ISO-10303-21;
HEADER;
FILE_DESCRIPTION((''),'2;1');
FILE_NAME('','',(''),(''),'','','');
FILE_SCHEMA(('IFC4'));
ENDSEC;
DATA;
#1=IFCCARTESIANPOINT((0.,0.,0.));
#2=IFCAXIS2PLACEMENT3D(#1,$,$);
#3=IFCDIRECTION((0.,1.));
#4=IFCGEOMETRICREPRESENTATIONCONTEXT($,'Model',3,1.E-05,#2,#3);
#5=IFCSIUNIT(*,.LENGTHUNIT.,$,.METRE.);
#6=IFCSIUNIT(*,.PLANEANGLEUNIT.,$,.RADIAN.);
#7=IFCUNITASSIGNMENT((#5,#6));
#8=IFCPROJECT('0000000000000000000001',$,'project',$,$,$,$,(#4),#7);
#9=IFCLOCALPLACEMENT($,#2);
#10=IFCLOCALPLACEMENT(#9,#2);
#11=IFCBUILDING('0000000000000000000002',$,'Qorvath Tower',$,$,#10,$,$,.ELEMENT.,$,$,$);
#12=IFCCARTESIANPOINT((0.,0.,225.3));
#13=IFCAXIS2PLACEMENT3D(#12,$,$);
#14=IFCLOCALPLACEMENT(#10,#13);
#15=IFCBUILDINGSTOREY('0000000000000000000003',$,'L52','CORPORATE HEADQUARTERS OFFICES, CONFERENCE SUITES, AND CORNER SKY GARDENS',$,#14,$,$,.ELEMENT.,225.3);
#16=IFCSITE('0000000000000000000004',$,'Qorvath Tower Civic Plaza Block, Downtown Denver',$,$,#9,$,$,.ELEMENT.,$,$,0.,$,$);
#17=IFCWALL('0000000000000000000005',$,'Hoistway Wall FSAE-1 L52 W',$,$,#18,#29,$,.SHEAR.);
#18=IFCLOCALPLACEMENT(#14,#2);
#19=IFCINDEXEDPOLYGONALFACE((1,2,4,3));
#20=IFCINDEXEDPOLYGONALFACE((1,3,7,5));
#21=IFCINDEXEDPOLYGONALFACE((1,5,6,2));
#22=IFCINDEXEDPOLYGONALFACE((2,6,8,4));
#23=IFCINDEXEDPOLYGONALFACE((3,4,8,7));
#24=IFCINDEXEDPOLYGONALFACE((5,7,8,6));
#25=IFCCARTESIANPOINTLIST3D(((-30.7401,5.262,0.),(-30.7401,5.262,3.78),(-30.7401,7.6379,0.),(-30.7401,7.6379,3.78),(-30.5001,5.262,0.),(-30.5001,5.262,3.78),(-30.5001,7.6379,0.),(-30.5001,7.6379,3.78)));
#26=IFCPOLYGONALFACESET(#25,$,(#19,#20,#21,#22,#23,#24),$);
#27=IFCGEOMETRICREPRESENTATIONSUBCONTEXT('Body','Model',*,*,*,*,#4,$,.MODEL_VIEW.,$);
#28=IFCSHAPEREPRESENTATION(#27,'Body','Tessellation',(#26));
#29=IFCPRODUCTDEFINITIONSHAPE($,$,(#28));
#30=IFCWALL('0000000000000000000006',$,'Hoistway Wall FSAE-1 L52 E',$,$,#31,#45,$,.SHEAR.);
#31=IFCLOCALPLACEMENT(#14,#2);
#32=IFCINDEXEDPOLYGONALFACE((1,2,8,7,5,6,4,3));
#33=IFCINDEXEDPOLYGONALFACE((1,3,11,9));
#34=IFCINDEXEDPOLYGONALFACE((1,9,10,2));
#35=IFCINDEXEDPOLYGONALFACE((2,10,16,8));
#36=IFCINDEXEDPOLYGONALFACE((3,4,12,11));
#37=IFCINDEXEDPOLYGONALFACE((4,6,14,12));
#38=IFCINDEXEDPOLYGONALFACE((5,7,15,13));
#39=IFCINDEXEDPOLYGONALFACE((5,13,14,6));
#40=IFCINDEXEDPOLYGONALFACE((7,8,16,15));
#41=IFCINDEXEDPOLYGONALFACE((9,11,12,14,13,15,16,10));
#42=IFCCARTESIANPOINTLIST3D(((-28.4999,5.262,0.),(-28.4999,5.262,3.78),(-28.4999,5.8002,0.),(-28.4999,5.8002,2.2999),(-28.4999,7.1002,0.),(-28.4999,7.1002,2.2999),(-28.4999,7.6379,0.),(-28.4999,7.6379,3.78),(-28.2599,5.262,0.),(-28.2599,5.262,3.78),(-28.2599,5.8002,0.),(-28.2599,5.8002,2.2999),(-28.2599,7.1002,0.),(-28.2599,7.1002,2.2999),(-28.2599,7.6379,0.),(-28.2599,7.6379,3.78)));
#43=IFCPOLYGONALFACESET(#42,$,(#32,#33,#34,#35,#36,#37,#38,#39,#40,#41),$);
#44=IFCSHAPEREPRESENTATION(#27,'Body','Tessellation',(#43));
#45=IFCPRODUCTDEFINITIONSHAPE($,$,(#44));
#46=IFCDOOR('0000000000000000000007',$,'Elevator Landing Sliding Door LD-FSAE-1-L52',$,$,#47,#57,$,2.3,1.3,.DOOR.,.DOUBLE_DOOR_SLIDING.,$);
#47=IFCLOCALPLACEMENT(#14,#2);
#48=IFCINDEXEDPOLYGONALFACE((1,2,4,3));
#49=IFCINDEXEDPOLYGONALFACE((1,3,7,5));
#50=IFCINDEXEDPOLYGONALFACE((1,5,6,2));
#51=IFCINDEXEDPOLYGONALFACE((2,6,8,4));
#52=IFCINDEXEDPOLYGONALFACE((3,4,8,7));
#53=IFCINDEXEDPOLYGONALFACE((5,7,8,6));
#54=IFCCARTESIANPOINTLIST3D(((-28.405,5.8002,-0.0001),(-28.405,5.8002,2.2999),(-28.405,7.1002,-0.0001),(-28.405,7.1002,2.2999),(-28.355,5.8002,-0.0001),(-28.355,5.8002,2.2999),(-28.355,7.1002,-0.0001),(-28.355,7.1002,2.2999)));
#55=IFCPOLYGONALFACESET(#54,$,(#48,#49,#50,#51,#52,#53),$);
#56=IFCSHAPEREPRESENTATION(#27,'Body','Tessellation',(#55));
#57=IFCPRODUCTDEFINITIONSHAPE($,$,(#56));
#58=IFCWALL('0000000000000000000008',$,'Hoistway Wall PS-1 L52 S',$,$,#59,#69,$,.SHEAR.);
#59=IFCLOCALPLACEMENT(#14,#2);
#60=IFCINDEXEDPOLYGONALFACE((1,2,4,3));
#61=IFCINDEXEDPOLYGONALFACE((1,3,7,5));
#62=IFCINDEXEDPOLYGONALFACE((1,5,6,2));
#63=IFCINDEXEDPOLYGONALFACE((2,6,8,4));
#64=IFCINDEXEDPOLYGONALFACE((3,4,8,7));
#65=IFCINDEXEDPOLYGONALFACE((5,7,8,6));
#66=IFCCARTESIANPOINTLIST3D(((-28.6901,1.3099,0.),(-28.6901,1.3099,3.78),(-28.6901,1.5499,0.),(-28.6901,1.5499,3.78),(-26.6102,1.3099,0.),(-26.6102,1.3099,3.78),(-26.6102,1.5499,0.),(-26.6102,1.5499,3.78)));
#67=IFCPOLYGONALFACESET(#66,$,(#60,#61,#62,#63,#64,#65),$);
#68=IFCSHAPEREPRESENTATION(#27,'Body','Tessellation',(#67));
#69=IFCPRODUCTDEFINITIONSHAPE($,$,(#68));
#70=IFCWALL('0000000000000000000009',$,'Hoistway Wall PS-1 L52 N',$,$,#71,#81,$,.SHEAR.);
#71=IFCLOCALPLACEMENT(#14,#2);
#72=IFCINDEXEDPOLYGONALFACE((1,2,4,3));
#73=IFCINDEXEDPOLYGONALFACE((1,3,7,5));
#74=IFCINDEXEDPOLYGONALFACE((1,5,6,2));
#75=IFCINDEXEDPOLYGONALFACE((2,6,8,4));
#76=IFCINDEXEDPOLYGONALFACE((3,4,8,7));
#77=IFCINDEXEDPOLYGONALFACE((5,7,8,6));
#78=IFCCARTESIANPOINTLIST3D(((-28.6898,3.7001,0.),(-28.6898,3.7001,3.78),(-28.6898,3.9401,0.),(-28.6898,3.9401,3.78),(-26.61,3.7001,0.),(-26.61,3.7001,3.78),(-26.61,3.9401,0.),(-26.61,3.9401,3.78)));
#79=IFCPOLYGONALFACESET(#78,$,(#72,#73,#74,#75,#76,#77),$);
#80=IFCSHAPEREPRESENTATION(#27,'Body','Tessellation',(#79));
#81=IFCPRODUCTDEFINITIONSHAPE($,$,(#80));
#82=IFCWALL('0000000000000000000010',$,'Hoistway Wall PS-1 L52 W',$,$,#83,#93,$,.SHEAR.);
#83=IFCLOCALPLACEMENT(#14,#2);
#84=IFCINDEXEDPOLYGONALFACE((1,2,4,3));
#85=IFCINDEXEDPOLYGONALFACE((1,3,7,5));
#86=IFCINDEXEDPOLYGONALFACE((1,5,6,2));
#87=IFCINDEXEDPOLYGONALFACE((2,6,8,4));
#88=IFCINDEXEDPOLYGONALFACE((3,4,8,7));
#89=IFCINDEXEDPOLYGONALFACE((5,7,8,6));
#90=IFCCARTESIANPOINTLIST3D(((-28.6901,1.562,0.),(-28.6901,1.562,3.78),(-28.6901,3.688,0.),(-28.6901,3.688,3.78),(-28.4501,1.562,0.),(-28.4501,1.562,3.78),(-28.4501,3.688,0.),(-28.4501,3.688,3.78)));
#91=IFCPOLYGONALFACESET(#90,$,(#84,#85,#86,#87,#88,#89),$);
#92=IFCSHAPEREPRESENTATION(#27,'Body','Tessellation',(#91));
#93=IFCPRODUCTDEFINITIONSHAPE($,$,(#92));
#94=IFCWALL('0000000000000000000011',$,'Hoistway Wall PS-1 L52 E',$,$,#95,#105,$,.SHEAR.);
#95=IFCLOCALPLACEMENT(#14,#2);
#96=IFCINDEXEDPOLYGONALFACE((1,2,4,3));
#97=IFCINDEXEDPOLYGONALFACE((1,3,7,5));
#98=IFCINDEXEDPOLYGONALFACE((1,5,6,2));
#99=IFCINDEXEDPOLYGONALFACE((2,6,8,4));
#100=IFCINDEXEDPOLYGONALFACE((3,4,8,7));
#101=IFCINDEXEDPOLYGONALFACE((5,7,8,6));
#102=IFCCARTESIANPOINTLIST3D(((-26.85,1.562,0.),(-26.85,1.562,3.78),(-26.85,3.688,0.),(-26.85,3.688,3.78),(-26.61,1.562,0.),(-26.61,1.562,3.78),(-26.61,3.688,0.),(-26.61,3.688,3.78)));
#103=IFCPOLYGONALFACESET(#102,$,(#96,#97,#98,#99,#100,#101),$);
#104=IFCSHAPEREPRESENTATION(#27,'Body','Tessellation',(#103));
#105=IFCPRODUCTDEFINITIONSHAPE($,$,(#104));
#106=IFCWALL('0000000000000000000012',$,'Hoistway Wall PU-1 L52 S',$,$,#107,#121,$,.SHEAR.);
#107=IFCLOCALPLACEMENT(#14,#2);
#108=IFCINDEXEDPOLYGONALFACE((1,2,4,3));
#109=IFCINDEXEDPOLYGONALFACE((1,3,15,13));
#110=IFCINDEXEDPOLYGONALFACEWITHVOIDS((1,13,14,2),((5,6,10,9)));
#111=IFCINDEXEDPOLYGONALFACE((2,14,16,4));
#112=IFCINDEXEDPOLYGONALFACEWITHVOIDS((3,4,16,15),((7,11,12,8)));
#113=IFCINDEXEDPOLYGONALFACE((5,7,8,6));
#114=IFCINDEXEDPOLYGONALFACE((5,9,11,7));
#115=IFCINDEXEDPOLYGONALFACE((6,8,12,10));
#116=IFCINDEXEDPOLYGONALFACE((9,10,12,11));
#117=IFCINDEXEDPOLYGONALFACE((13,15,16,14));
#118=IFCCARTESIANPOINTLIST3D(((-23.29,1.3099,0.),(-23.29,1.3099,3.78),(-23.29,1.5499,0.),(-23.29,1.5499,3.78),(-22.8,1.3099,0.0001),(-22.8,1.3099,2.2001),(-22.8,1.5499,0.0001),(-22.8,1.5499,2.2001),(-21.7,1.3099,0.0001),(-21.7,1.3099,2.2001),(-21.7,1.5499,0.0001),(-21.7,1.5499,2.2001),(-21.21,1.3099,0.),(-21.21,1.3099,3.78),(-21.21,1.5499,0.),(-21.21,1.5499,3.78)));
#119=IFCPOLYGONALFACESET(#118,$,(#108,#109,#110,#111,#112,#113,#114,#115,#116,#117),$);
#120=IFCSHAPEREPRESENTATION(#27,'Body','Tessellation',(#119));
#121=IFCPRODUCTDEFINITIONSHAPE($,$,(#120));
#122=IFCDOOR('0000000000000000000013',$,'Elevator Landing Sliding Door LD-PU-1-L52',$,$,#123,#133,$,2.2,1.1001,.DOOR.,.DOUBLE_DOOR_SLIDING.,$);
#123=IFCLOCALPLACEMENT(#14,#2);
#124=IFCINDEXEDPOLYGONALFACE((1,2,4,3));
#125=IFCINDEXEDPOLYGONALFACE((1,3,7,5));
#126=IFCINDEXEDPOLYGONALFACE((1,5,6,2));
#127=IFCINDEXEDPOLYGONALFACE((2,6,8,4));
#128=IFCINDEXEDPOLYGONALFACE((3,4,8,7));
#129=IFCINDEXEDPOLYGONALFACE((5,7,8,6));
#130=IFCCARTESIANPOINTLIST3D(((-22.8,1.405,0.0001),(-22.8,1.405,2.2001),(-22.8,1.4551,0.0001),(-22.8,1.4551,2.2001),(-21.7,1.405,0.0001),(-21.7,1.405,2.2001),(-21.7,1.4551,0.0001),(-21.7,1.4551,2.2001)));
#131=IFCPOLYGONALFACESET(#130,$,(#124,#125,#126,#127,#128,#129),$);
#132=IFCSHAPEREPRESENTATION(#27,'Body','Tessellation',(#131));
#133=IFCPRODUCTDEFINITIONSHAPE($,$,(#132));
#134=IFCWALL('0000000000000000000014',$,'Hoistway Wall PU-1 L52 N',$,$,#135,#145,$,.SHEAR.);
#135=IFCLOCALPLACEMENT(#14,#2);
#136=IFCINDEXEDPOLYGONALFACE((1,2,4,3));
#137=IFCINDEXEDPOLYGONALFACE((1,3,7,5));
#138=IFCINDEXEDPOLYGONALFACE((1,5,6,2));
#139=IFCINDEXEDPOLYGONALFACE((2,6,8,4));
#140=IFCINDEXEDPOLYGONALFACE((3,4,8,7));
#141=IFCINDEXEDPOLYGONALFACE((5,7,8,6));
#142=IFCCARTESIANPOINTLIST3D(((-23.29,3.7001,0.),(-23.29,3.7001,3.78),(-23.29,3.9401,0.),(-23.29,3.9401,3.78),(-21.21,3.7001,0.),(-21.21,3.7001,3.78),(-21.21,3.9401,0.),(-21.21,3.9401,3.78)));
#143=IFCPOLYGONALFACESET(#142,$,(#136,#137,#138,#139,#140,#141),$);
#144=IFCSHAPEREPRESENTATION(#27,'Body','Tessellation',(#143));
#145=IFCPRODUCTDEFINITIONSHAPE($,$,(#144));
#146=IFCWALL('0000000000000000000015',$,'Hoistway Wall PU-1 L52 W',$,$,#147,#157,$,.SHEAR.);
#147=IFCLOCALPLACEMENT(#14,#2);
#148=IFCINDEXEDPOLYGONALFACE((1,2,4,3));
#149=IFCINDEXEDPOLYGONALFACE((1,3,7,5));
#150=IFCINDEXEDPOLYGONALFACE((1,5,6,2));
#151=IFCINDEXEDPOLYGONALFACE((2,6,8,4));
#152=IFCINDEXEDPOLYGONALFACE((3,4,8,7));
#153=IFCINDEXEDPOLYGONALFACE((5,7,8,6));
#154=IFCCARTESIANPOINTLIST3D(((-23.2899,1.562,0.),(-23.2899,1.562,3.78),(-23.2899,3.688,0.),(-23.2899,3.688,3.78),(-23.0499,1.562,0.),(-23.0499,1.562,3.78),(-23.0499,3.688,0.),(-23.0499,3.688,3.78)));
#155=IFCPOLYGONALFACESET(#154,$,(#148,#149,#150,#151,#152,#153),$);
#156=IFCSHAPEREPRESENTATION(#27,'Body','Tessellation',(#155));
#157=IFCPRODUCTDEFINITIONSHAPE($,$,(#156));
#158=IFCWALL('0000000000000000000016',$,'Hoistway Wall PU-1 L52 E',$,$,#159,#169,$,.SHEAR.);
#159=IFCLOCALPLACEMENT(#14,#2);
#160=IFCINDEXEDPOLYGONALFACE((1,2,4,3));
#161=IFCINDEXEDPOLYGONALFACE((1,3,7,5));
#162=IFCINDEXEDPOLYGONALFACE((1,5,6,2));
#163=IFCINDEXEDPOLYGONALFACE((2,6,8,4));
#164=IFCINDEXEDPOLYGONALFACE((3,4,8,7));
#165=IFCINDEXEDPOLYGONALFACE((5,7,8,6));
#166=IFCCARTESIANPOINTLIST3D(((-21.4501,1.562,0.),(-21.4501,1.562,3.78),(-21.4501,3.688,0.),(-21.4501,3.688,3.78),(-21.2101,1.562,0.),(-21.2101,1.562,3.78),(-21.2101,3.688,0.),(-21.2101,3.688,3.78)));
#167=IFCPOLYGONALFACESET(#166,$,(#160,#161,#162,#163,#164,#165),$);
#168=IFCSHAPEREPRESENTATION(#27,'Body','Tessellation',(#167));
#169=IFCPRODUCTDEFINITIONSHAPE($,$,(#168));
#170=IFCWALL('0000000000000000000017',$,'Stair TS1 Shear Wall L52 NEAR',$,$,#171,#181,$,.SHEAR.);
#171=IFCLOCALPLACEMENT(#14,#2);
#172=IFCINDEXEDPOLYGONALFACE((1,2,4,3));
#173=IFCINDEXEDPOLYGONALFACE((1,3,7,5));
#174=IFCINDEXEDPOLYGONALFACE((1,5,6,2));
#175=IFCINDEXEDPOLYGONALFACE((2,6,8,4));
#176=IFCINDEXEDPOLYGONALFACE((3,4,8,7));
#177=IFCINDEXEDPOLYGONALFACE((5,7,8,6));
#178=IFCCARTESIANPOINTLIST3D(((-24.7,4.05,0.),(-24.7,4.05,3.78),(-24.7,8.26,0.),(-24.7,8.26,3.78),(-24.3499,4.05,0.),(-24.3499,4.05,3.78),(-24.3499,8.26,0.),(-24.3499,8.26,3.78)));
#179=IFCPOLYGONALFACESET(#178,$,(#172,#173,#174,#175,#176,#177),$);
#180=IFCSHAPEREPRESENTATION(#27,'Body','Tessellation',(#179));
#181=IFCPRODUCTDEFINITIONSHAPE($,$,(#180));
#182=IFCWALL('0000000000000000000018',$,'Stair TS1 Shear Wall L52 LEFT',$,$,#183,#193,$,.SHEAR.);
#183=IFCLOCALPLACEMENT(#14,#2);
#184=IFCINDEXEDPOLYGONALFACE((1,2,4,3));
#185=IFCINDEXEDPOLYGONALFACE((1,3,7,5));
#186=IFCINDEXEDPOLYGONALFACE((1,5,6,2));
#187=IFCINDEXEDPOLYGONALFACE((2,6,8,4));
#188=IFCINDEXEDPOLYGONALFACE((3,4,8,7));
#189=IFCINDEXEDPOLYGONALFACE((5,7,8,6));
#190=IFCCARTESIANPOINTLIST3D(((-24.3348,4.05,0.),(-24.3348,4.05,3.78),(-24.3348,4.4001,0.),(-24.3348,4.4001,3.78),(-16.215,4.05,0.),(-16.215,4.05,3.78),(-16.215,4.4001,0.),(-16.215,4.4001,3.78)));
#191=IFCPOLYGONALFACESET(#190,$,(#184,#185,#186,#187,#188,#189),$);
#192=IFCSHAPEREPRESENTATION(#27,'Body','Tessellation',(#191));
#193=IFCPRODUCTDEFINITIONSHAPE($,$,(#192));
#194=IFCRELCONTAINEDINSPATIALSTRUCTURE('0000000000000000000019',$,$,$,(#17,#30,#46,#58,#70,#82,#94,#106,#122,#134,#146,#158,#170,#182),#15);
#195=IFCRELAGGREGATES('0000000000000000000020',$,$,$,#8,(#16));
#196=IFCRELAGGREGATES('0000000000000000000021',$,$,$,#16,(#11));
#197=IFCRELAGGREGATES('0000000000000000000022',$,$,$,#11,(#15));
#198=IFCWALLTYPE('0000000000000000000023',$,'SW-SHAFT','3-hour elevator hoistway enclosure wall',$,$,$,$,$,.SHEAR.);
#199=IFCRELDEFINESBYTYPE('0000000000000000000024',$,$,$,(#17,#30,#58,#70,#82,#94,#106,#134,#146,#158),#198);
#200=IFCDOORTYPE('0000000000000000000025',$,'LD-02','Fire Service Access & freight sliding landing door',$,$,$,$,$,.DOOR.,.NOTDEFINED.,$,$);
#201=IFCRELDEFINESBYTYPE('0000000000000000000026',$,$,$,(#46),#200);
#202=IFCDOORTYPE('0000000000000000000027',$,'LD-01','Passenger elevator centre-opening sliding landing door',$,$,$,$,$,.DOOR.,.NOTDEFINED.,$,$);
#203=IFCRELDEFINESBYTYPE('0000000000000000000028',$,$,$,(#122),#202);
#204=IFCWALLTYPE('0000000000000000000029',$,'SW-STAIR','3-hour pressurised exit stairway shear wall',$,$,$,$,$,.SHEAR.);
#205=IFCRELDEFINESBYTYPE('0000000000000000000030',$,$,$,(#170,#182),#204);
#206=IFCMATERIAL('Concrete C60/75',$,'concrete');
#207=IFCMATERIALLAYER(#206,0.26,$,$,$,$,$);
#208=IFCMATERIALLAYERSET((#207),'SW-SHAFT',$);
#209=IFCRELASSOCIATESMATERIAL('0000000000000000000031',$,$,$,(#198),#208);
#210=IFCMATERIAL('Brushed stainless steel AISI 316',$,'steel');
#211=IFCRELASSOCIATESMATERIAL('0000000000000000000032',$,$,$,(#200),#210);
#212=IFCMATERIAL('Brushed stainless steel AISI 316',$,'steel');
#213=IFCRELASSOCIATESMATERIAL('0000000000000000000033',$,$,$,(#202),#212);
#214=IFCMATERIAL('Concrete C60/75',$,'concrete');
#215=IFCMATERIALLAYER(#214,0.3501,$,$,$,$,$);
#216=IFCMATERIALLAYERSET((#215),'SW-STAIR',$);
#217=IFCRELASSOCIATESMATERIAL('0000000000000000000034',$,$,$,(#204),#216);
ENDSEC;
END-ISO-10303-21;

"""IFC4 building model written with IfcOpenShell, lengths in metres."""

from ifc_helpers import new_model, si_unit, direction, frame, frame_2d, origin, place, context, subcontext, project, spatial, rectangle, extrude, material, layer, layer_set, type_object, element, fill, save


model = new_model("IFC4")

# Units and contexts
model_context = context("Model", 3, precision=1e-05, world=origin(), true_north=direction((0.0, 1.0)))
body_context = subcontext(model_context, "Body", "Model", "MODEL_VIEW")
ifc_project = project(units=[si_unit("LENGTHUNIT", "METRE"), si_unit("PLANEANGLEUNIT", "RADIAN")], contexts=[model_context])

# Site, building, storey
site_placement = place(None, origin())
site = spatial("IfcSite", under=ifc_project, at=site_placement, Name="Qorvath Tower Civic Plaza Block, Downtown Denver", CompositionType="ELEMENT", RefElevation=0.0)
building_placement = place(site_placement, origin())
building = spatial("IfcBuilding", under=site, at=building_placement, Name="Qorvath Tower", CompositionType="ELEMENT")
storey_placement = place(building_placement, frame((0.0, 0.0, 225.3)))
storey = spatial("IfcBuildingStorey", under=building, at=storey_placement, Name="L52", Description="CORPORATE HEADQUARTERS OFFICES, CONFERENCE SUITES, AND CORNER SKY GARDENS", CompositionType="ELEMENT", Elevation=225.3)

# Wall
ifc_material_1 = material(Name="Concrete C60/75", Category="concrete")
ifc_layer_1 = layer(ifc_material_1, 0.26)
ifc_layer_set_1 = layer_set([ifc_layer_1], Name="SW-SHAFT")
wall_type_1 = type_object("IfcWallType", Name="SW-SHAFT", Description="3-hour elevator hoistway enclosure wall", PredefinedType="SHEAR", material=ifc_layer_set_1)
wall_1_placement = place(storey_placement, frame((-30.6201, 5.262, 0.0), z_axis=(0.0, 0.0, 1.0), x_axis=(0.0, 1.0, 0.0)))
element("IfcWall", 1, at=wall_1_placement, inside=storey, type_object=wall_type_1, Name="Hoistway Wall FSAE-1 L52 W", PredefinedType="SHEAR", context=body_context, shape_type="SweptSolid", body=[
    extrude(rectangle(XDim=2.376, YDim=0.24, at=frame_2d((1.188, 0.0))), origin(), (0.0, 0.0, 1.0), 3.78),
])

# Wall, opening, door
wall_2_placement = place(storey_placement, frame((-28.3799, 7.6379, 0.0), z_axis=(0.0, 0.0, 1.0), x_axis=(0.0, -1.0, 0.0)))
wall_2 = element("IfcWall", 2, at=wall_2_placement, inside=storey, type_object=wall_type_1, Name="Hoistway Wall FSAE-1 L52 E", PredefinedType="SHEAR", context=body_context, shape_type="SweptSolid", body=[
    extrude(rectangle(XDim=2.376, YDim=0.24, at=frame_2d((1.188, 0.0))), origin(), (0.0, 0.0, 1.0), 3.78),
])
opening_1_placement = place(wall_2_placement, frame((0.5378, 0.0, 0.0)))
opening_1 = element("IfcOpeningElement", 3, at=opening_1_placement, cuts=wall_2, PredefinedType="OPENING", context=body_context, shape_type="SweptSolid", body=[
    extrude(rectangle(XDim=1.3, YDim=2.3, at=frame_2d((0.6499, 1.1499))), frame((0.0, 0.1299, 0.0), z_axis=(0.0, -1.0, 0.0), x_axis=(1.0, 0.0, 0.0)), (0.0, 0.0, 1.0), 0.26),
])
ifc_material_2 = material(Name="Brushed stainless steel AISI 316", Category="steel")
door_type_1 = type_object("IfcDoorType", Name="LD-02", Description="Fire Service Access & freight sliding landing door", OperationType="NOTDEFINED", PredefinedType="DOOR", material=ifc_material_2)
door_1_placement = place(opening_1_placement, origin())
door_1 = element("IfcDoor", 4, at=door_1_placement, inside=storey, type_object=door_type_1, Name="Elevator Landing Sliding Door LD-FSAE-1-L52", OperationType="DOUBLE_DOOR_SLIDING", OverallHeight=2.3, OverallWidth=1.3, PredefinedType="DOOR", context=body_context, shape_type="SweptSolid", body=[
    extrude(rectangle(XDim=1.3, YDim=2.3, at=frame_2d((0.6499, 1.1499))), frame((0.0, 0.0249, 0.0), z_axis=(0.0, -1.0, 0.0), x_axis=(1.0, 0.0, 0.0)), (0.0, 0.0, 1.0), 0.05),
])
fill(opening_1, door_1)

# Walls
for number, where, z_axis, x_axis, name in (
    (5, (-26.6101, 1.4299, 0.0), (0.0, 0.0, 1.0), (-1.0, 0.0, 0.0), "Hoistway Wall PS-1 L52 S"),
    (6, (-28.6899, 3.8201, 0.0), (0.0, 0.0, 1.0), (1.0, 0.0, 0.0), "Hoistway Wall PS-1 L52 N"),
):
    element("IfcWall", number, at=place(storey_placement, frame(where, z_axis=z_axis, x_axis=x_axis)), inside=storey, type_object=wall_type_1, Name=name, PredefinedType="SHEAR", context=body_context, shape_type="SweptSolid", body=[
        extrude(rectangle(XDim=2.0798, YDim=0.24, at=frame_2d((1.04, 0.0))), origin(), (0.0, 0.0, 1.0), 3.78),
    ])
for number, where, z_axis, x_axis, name in (
    (7, (-28.5701, 1.562, 0.0), (0.0, 0.0, 1.0), (0.0, 1.0, 0.0), "Hoistway Wall PS-1 L52 W"),
    (8, (-26.73, 3.688, 0.0), (0.0, 0.0, 1.0), (0.0, -1.0, 0.0), "Hoistway Wall PS-1 L52 E"),
):
    element("IfcWall", number, at=place(storey_placement, frame(where, z_axis=z_axis, x_axis=x_axis)), inside=storey, type_object=wall_type_1, Name=name, PredefinedType="SHEAR", context=body_context, shape_type="SweptSolid", body=[
        extrude(rectangle(XDim=2.126, YDim=0.24, at=frame_2d((1.063, 0.0))), origin(), (0.0, 0.0, 1.0), 3.78),
    ])

# Wall, opening, door
wall_3_placement = place(storey_placement, frame((-21.21, 1.4299, 0.0), z_axis=(0.0, 0.0, 1.0), x_axis=(-1.0, 0.0, 0.0)))
wall_3 = element("IfcWall", 9, at=wall_3_placement, inside=storey, type_object=wall_type_1, Name="Hoistway Wall PU-1 L52 S", PredefinedType="SHEAR", context=body_context, shape_type="SweptSolid", body=[
    extrude(rectangle(XDim=2.0801, YDim=0.24, at=frame_2d((1.04, 0.0))), origin(), (0.0, 0.0, 1.0), 3.78),
])
opening_2_placement = place(wall_3_placement, frame((0.49, 0.0, 0.0)))
opening_2 = element("IfcOpeningElement", 10, at=opening_2_placement, cuts=wall_3, PredefinedType="OPENING", context=body_context, shape_type="SweptSolid", body=[
    extrude(rectangle(XDim=1.1001, YDim=2.2, at=frame_2d((0.55, 1.1001))), frame((0.0, 0.1299, 0.0), z_axis=(0.0, -1.0, 0.0), x_axis=(1.0, 0.0, 0.0)), (0.0, 0.0, 1.0), 0.26),
])
ifc_material_3 = material(Name="Brushed stainless steel AISI 316", Category="steel")
door_type_2 = type_object("IfcDoorType", Name="LD-01", Description="Passenger elevator centre-opening sliding landing door", OperationType="NOTDEFINED", PredefinedType="DOOR", material=ifc_material_3)
door_2_placement = place(opening_2_placement, origin())
door_2 = element("IfcDoor", 11, at=door_2_placement, inside=storey, type_object=door_type_2, Name="Elevator Landing Sliding Door LD-PU-1-L52", OperationType="DOUBLE_DOOR_SLIDING", OverallHeight=2.2, OverallWidth=1.1001, PredefinedType="DOOR", context=body_context, shape_type="SweptSolid", body=[
    extrude(rectangle(XDim=1.1001, YDim=2.2, at=frame_2d((0.55, 1.1001))), frame((0.0, 0.0249, 0.0), z_axis=(0.0, -1.0, 0.0), x_axis=(1.0, 0.0, 0.0)), (0.0, 0.0, 1.0), 0.05),
])
fill(opening_2, door_2)

# Walls
wall_4_placement = place(storey_placement, frame((-23.29, 3.8201, 0.0), z_axis=(0.0, 0.0, 1.0), x_axis=(1.0, 0.0, 0.0)))
element("IfcWall", 12, at=wall_4_placement, inside=storey, type_object=wall_type_1, Name="Hoistway Wall PU-1 L52 N", PredefinedType="SHEAR", context=body_context, shape_type="SweptSolid", body=[
    extrude(rectangle(XDim=2.0801, YDim=0.24, at=frame_2d((1.04, 0.0))), origin(), (0.0, 0.0, 1.0), 3.78),
])
for number, where, z_axis, x_axis, name in (
    (13, (-23.1699, 1.562, 0.0), (0.0, 0.0, 1.0), (0.0, 1.0, 0.0), "Hoistway Wall PU-1 L52 W"),
    (14, (-21.3301, 3.688, 0.0), (0.0, 0.0, 1.0), (0.0, -1.0, 0.0), "Hoistway Wall PU-1 L52 E"),
):
    element("IfcWall", number, at=place(storey_placement, frame(where, z_axis=z_axis, x_axis=x_axis)), inside=storey, type_object=wall_type_1, Name=name, PredefinedType="SHEAR", context=body_context, shape_type="SweptSolid", body=[
        extrude(rectangle(XDim=2.126, YDim=0.24, at=frame_2d((1.063, 0.0))), origin(), (0.0, 0.0, 1.0), 3.78),
    ])
ifc_material_4 = material(Name="Concrete C60/75", Category="concrete")
ifc_layer_2 = layer(ifc_material_4, 0.3501)
ifc_layer_set_2 = layer_set([ifc_layer_2], Name="SW-STAIR")
wall_type_2 = type_object("IfcWallType", Name="SW-STAIR", Description="3-hour pressurised exit stairway shear wall", PredefinedType="SHEAR", material=ifc_layer_set_2)
wall_5_placement = place(storey_placement, frame((-24.5249, 8.26, 0.0), z_axis=(0.0, 0.0, 1.0), x_axis=(0.0, -1.0, 0.0)))
element("IfcWall", 15, at=wall_5_placement, inside=storey, type_object=wall_type_2, Name="Stair TS1 Shear Wall L52 NEAR", PredefinedType="SHEAR", context=body_context, shape_type="SweptSolid", body=[
    extrude(rectangle(XDim=4.21, YDim=0.3501, at=frame_2d((2.105, 0.0))), origin(), (0.0, 0.0, 1.0), 3.78),
])
wall_6_placement = place(storey_placement, frame((-24.335, 4.2251, 0.0), z_axis=(0.0, 0.0, 1.0), x_axis=(1.0, 0.0, 0.0)))
element("IfcWall", 16, at=wall_6_placement, inside=storey, type_object=wall_type_2, Name="Stair TS1 Shear Wall L52 LEFT", PredefinedType="SHEAR", context=body_context, shape_type="SweptSolid", body=[
    extrude(rectangle(XDim=8.1199, YDim=0.3501, at=frame_2d((4.0601, 0.0))), origin(), (0.0, 0.0, 1.0), 3.78),
])

save(model, "model.ifc")
